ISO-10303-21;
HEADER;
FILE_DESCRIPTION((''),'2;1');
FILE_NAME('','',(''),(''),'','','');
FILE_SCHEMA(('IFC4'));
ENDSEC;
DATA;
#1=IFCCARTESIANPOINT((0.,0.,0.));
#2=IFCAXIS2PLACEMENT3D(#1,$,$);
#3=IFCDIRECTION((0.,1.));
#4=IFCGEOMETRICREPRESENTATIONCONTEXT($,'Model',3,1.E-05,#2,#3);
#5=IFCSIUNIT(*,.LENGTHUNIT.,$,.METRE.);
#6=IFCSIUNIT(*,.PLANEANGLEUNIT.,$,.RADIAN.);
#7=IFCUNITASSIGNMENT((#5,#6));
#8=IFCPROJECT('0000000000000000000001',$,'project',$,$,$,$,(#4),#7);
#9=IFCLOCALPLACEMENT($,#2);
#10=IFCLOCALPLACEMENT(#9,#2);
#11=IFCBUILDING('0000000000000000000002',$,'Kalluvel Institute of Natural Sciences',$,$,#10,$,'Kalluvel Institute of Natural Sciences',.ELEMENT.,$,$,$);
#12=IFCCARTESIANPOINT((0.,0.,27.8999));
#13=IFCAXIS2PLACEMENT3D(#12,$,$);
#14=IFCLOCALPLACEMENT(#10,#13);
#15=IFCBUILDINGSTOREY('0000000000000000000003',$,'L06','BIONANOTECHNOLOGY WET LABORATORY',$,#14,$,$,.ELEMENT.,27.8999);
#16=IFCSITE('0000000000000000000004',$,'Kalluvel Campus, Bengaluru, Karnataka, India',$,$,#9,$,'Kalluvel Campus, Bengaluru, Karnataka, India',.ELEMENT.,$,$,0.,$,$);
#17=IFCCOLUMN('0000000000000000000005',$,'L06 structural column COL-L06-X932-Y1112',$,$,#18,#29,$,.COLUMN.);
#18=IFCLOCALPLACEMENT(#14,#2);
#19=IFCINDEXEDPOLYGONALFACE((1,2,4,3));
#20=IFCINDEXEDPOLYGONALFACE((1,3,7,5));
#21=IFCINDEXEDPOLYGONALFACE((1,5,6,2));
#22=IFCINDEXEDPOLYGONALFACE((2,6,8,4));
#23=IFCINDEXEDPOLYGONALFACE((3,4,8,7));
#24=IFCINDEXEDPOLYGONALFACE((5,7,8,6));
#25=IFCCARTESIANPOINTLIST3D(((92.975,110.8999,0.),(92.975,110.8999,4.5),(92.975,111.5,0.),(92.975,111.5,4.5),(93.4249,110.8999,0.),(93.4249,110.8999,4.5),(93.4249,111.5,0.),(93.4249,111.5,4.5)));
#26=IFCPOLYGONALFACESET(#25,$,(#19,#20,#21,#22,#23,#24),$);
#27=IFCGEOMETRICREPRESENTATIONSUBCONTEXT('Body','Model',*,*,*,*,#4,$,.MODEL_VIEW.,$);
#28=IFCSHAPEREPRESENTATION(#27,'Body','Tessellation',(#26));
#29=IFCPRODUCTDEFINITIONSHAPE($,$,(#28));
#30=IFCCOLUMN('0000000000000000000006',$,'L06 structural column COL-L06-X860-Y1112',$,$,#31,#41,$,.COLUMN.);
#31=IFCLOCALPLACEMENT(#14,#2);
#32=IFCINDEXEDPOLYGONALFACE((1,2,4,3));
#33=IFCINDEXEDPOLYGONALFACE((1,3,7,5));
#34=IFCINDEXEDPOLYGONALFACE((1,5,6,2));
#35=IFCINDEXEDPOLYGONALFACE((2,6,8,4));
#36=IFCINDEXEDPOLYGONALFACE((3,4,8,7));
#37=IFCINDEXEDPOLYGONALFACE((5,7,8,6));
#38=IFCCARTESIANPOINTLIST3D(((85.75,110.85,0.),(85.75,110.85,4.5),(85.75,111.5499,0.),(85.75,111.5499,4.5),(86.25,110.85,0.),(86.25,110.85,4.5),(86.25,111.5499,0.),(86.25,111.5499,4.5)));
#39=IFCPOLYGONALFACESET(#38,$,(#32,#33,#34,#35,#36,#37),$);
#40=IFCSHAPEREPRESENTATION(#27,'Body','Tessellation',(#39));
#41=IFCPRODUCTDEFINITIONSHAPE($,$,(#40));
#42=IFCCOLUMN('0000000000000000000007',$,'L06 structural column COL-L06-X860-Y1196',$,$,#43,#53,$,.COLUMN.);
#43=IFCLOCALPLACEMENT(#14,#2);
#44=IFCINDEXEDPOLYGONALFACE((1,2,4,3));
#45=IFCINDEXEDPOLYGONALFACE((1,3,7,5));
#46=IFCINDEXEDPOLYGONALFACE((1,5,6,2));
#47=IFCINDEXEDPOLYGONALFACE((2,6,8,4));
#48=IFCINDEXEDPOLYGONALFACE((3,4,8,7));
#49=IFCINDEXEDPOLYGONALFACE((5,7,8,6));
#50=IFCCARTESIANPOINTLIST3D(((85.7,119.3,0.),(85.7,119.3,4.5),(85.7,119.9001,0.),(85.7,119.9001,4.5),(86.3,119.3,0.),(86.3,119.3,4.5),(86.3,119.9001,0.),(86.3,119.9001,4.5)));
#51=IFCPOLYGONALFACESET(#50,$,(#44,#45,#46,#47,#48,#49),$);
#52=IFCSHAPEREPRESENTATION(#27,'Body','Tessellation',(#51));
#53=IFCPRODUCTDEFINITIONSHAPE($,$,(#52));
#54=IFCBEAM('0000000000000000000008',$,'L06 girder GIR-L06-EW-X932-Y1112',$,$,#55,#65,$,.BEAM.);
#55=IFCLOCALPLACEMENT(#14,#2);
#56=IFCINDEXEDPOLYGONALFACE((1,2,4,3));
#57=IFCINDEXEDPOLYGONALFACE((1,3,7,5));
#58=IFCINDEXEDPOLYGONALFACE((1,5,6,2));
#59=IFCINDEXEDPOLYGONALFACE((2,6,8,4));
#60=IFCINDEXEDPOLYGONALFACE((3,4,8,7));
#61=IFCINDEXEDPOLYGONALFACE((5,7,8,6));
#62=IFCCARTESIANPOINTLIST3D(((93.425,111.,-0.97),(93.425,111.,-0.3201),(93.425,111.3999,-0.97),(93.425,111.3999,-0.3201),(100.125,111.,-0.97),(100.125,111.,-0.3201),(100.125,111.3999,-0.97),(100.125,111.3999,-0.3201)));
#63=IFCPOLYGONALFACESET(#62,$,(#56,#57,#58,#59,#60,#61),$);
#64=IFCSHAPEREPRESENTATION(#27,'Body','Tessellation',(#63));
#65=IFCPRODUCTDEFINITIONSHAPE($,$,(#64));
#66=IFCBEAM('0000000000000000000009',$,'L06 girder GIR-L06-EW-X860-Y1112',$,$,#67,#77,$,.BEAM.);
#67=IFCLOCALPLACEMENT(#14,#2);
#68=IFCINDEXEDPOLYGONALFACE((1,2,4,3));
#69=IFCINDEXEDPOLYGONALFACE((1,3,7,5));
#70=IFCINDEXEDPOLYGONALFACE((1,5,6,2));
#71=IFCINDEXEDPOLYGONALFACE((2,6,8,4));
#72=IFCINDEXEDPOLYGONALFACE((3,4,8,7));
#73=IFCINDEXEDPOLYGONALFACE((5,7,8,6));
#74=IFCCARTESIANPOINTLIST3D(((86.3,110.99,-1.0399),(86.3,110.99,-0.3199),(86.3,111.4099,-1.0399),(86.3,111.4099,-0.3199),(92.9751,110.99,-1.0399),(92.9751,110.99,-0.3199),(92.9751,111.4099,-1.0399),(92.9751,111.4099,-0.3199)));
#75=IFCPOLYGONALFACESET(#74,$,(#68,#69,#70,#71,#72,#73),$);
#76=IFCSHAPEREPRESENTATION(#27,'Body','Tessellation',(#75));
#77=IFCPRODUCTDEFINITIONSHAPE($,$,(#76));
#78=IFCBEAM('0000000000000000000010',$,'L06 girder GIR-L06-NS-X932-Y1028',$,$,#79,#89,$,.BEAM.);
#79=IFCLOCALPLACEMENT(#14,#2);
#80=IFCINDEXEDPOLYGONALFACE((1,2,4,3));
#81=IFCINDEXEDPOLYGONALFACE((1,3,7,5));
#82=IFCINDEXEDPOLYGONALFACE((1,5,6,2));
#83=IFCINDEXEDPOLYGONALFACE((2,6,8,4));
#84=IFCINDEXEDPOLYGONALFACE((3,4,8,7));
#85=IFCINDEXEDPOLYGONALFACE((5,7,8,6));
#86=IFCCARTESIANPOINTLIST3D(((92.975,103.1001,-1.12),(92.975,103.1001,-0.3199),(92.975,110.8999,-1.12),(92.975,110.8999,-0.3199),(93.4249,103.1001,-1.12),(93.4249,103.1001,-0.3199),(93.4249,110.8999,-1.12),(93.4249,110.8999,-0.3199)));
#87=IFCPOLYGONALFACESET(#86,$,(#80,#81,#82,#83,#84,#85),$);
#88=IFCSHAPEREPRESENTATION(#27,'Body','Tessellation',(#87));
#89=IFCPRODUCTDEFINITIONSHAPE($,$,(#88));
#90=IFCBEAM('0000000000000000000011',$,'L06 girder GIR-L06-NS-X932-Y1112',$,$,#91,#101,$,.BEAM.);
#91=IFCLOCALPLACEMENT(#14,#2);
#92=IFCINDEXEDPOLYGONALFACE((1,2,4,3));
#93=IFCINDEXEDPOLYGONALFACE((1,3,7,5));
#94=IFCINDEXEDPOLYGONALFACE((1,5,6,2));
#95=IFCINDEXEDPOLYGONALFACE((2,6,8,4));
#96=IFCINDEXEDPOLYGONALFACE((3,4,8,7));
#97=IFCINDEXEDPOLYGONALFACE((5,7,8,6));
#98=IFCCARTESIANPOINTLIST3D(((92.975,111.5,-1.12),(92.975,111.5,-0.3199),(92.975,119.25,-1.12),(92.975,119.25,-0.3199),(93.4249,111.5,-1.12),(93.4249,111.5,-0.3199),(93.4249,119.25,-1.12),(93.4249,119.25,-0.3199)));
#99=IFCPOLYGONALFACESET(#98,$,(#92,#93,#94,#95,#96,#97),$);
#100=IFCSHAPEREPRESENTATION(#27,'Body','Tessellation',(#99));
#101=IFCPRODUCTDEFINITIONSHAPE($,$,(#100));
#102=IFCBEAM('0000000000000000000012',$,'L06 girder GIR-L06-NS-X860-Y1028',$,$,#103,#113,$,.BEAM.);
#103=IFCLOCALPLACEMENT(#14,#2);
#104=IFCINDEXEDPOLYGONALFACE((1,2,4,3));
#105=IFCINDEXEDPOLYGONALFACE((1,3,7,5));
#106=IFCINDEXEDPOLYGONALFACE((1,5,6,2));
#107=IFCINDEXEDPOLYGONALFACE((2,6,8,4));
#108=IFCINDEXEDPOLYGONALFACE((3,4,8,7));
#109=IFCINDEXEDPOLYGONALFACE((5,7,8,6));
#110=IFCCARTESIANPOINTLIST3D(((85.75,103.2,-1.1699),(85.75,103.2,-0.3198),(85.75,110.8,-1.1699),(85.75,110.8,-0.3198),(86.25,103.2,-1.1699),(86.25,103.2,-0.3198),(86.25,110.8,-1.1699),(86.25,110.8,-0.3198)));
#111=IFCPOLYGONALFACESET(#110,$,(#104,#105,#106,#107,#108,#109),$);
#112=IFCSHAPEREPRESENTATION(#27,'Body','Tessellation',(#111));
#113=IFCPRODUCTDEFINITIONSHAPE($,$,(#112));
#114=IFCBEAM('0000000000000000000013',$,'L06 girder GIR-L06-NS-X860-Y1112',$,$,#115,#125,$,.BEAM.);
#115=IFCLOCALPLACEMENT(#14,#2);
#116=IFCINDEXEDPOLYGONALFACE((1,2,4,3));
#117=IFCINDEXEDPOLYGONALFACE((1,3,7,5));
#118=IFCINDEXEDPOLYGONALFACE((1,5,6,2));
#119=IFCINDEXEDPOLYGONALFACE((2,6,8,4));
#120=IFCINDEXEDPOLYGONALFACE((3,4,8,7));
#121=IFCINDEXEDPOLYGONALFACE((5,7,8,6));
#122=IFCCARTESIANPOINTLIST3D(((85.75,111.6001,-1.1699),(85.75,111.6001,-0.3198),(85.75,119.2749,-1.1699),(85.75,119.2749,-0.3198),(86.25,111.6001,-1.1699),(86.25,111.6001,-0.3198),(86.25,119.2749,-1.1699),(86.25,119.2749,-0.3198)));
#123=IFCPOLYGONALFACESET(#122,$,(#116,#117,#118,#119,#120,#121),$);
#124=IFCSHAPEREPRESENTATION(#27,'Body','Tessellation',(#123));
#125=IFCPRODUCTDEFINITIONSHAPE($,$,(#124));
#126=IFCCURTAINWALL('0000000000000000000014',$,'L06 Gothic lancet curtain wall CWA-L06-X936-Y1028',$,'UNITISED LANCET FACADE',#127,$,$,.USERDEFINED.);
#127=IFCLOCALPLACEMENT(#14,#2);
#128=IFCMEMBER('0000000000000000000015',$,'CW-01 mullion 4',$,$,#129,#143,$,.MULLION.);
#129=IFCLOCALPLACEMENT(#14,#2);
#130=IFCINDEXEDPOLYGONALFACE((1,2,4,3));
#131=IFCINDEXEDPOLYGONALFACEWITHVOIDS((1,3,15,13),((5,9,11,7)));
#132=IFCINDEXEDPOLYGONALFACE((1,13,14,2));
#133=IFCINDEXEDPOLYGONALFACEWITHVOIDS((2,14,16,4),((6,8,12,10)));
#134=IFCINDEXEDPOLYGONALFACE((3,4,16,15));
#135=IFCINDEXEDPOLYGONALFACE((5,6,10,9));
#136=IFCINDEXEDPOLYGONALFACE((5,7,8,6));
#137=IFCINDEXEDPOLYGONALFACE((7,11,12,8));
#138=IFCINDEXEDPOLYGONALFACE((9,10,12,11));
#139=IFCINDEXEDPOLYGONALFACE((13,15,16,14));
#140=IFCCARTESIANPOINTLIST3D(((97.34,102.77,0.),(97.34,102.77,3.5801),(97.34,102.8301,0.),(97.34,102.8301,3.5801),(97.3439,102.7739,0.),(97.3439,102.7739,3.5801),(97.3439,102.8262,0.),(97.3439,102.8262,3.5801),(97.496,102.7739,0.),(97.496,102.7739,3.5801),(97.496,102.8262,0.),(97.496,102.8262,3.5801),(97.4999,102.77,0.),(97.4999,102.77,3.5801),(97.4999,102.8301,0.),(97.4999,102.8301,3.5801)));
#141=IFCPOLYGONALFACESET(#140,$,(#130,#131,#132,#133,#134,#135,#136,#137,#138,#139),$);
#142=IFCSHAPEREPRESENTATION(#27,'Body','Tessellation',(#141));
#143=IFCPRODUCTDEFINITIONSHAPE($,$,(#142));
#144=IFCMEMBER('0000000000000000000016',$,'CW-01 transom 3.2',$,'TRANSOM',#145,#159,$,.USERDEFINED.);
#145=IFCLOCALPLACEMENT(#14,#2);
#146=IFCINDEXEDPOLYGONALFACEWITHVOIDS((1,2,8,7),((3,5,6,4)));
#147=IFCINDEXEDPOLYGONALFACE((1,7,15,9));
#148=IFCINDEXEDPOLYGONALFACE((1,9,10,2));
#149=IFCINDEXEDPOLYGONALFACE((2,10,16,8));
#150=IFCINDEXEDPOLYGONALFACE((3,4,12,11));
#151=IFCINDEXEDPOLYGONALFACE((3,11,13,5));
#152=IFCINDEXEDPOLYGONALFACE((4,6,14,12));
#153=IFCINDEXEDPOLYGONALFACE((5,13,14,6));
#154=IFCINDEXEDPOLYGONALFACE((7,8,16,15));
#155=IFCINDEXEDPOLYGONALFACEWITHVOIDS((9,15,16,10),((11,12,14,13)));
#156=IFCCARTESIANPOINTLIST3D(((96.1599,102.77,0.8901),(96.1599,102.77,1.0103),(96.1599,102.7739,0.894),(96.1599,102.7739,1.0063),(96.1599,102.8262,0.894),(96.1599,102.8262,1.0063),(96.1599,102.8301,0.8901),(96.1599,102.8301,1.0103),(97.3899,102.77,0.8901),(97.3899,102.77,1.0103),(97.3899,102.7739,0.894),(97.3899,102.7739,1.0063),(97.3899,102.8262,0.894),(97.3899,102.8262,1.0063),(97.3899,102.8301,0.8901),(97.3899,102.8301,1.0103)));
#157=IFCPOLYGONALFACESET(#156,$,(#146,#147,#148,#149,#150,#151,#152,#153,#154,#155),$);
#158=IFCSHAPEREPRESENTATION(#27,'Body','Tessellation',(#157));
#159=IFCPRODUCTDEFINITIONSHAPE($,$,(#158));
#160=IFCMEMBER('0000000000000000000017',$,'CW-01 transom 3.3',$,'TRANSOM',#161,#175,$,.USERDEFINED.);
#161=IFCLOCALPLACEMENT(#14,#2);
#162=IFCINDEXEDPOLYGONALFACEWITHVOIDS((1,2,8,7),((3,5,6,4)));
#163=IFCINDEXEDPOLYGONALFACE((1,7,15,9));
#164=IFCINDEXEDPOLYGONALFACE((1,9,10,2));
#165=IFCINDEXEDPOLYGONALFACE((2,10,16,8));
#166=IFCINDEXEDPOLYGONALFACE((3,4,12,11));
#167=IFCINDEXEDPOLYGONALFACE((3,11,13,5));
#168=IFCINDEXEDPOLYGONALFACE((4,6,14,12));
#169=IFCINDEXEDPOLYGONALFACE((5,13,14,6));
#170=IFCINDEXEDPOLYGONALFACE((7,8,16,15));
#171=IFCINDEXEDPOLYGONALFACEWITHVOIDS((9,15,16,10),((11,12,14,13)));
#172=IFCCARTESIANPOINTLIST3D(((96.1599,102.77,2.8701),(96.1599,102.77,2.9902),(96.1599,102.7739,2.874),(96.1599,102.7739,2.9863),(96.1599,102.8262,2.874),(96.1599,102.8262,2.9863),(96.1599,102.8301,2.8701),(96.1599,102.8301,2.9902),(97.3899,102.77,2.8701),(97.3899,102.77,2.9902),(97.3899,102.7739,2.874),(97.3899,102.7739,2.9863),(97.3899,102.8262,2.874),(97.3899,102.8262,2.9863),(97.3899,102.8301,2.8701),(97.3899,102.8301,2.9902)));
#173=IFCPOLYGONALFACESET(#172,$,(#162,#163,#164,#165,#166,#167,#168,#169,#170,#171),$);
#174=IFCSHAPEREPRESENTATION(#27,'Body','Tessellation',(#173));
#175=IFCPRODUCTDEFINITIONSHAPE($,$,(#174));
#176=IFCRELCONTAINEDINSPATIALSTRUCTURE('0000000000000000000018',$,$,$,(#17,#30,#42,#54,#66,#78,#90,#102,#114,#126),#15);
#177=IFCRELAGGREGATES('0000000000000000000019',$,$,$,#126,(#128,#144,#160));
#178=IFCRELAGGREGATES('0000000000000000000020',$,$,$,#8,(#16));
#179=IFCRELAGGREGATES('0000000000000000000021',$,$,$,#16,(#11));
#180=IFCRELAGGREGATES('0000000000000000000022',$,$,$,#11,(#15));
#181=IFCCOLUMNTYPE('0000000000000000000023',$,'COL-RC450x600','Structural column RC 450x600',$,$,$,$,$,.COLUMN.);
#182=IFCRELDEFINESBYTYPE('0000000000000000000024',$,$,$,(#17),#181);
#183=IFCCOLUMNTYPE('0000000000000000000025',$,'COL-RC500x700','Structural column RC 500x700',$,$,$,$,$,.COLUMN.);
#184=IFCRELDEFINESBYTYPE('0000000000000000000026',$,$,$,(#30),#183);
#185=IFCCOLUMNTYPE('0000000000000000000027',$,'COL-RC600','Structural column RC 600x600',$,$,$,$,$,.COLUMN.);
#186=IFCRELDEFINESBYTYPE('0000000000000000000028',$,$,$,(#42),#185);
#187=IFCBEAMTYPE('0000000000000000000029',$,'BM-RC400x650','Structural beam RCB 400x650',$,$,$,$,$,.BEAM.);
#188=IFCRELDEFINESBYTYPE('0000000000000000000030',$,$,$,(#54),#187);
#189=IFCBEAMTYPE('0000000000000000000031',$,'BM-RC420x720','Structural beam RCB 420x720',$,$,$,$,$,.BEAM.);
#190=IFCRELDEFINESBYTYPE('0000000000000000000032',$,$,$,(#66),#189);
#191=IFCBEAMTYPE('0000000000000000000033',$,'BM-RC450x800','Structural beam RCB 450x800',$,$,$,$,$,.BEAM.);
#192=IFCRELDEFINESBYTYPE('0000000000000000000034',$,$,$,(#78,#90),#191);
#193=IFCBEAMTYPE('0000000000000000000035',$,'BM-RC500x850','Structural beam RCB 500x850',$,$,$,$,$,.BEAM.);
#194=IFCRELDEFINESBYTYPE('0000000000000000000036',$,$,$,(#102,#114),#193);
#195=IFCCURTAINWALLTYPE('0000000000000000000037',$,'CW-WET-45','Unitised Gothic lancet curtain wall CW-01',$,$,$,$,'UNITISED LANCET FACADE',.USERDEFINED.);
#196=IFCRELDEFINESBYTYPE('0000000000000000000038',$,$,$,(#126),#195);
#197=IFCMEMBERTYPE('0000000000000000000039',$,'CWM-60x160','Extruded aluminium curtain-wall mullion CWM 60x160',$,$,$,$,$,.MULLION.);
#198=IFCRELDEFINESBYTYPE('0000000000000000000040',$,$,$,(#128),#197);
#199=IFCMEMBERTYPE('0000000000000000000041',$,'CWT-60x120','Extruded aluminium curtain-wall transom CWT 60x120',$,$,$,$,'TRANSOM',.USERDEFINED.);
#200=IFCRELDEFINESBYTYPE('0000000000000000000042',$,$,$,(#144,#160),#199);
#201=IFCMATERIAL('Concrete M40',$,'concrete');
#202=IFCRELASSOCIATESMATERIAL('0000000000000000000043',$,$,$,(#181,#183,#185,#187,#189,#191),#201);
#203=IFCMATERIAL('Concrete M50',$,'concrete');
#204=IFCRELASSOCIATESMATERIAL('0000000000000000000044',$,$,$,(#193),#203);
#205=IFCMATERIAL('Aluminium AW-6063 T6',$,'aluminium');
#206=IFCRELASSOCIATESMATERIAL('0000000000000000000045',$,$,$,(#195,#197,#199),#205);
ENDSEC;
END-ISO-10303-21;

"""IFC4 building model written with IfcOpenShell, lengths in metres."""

from ifc_helpers import new_model, si_unit, direction, frame, origin, origin_2d, place, context, subcontext, project, spatial, rectangle, hollow_rectangle, extrude, material, material_profile, profile_set, type_object, element, aggregate, save


model = new_model("IFC4")

# Units and contexts
model_context = context("Model", 3, precision=1e-05, world=origin(), true_north=direction((0.0, 1.0)))
body_context = subcontext(model_context, "Body", "Model", "MODEL_VIEW")
ifc_project = project(units=[si_unit("LENGTHUNIT", "METRE"), si_unit("PLANEANGLEUNIT", "RADIAN")], contexts=[model_context])

# Site, building, storey
site_placement = place(None, origin())
site = spatial("IfcSite", under=ifc_project, at=site_placement, Name="Kalluvel Campus, Bengaluru, Karnataka, India", LongName="Kalluvel Campus, Bengaluru, Karnataka, India", CompositionType="ELEMENT", RefElevation=0.0)
building_placement = place(site_placement, origin())
building = spatial("IfcBuilding", under=site, at=building_placement, Name="Kalluvel Institute of Natural Sciences", LongName="Kalluvel Institute of Natural Sciences", CompositionType="ELEMENT")
storey_placement = place(building_placement, frame((0.0, 0.0, 27.8999)))
storey = spatial("IfcBuildingStorey", under=building, at=storey_placement, Name="L06", Description="BIONANOTECHNOLOGY WET LABORATORY", CompositionType="ELEMENT", Elevation=27.8999)

# Columns
ifc_material_1 = material(Name="Concrete M40", Category="concrete")
ifc_material_profile_1 = material_profile(ifc_material_1, rectangle(XDim=0.45, YDim=0.6001, at=origin_2d()), Name="RC 450x600")
ifc_profile_set_1 = profile_set([ifc_material_profile_1], Name="Concrete M40")
column_type_1 = type_object("IfcColumnType", Name="COL-RC450x600", Description="Structural column RC 450x600", PredefinedType="COLUMN", material=ifc_profile_set_1)
column_1_placement = place(storey_placement, frame((93.2, 111.2, 0.0), z_axis=(0.0, 0.0, 1.0), x_axis=(1.0, 0.0, 0.0)))
element("IfcColumn", 1, at=column_1_placement, inside=storey, type_object=column_type_1, Name="L06 structural column COL-L06-X932-Y1112", PredefinedType="COLUMN", context=body_context, shape_type="SweptSolid", body=[
    extrude(rectangle(XDim=0.45, YDim=0.6001, at=origin_2d()), origin(), (0.0, 0.0, 1.0), 4.5),
])
ifc_material_profile_2 = material_profile(ifc_material_1, rectangle(XDim=0.5, YDim=0.7, at=origin_2d()), Name="RC 500x700")
ifc_profile_set_2 = profile_set([ifc_material_profile_2], Name="Concrete M40")
column_type_2 = type_object("IfcColumnType", Name="COL-RC500x700", Description="Structural column RC 500x700", PredefinedType="COLUMN", material=ifc_profile_set_2)
column_2_placement = place(storey_placement, frame((86.0, 111.2, 0.0), z_axis=(0.0, 0.0, 1.0), x_axis=(1.0, 0.0, 0.0)))
element("IfcColumn", 2, at=column_2_placement, inside=storey, type_object=column_type_2, Name="L06 structural column COL-L06-X860-Y1112", PredefinedType="COLUMN", context=body_context, shape_type="SweptSolid", body=[
    extrude(rectangle(XDim=0.5, YDim=0.7, at=origin_2d()), origin(), (0.0, 0.0, 1.0), 4.5),
])
ifc_material_profile_3 = material_profile(ifc_material_1, rectangle(XDim=0.6001, YDim=0.6001, at=origin_2d()), Name="RC 600x600")
ifc_profile_set_3 = profile_set([ifc_material_profile_3], Name="Concrete M40")
column_type_3 = type_object("IfcColumnType", Name="COL-RC600", Description="Structural column RC 600x600", PredefinedType="COLUMN", material=ifc_profile_set_3)
column_3_placement = place(storey_placement, frame((86.0, 119.6001, 0.0), z_axis=(0.0, 0.0, 1.0), x_axis=(1.0, 0.0, 0.0)))
element("IfcColumn", 3, at=column_3_placement, inside=storey, type_object=column_type_3, Name="L06 structural column COL-L06-X860-Y1196", PredefinedType="COLUMN", context=body_context, shape_type="SweptSolid", body=[
    extrude(rectangle(XDim=0.6001, YDim=0.6001, at=origin_2d()), origin(), (0.0, 0.0, 1.0), 4.5),
])

# Beams
ifc_material_profile_4 = material_profile(ifc_material_1, rectangle(XDim=0.3999, YDim=0.6499, at=origin_2d()), Name="RCB 400x650")
ifc_profile_set_4 = profile_set([ifc_material_profile_4], Name="Concrete M40")
beam_type_1 = type_object("IfcBeamType", Name="BM-RC400x650", Description="Structural beam RCB 400x650", PredefinedType="BEAM", material=ifc_profile_set_4)
beam_1_placement = place(storey_placement, frame((93.425, 111.2, -0.645), z_axis=(1.0, 0.0, 0.0), x_axis=(0.0, 1.0, 0.0)))
element("IfcBeam", 4, at=beam_1_placement, inside=storey, type_object=beam_type_1, Name="L06 girder GIR-L06-EW-X932-Y1112", PredefinedType="BEAM", context=body_context, shape_type="SweptSolid", body=[
    extrude(rectangle(XDim=0.3999, YDim=0.6499, at=origin_2d()), origin(), (0.0, 0.0, 1.0), 6.7),
])
ifc_material_profile_5 = material_profile(ifc_material_1, rectangle(XDim=0.4199, YDim=0.72, at=origin_2d()), Name="RCB 420x720")
ifc_profile_set_5 = profile_set([ifc_material_profile_5], Name="Concrete M40")
beam_type_2 = type_object("IfcBeamType", Name="BM-RC420x720", Description="Structural beam RCB 420x720", PredefinedType="BEAM", material=ifc_profile_set_5)
beam_2_placement = place(storey_placement, frame((86.3, 111.2, -0.6799), z_axis=(1.0, 0.0, 0.0), x_axis=(0.0, 1.0, 0.0)))
element("IfcBeam", 5, at=beam_2_placement, inside=storey, type_object=beam_type_2, Name="L06 girder GIR-L06-EW-X860-Y1112", PredefinedType="BEAM", context=body_context, shape_type="SweptSolid", body=[
    extrude(rectangle(XDim=0.4199, YDim=0.72, at=origin_2d()), origin(), (0.0, 0.0, 1.0), 6.675),
])
ifc_material_profile_6 = material_profile(ifc_material_1, rectangle(XDim=0.45, YDim=0.8, at=origin_2d()), Name="RCB 450x800")
ifc_profile_set_6 = profile_set([ifc_material_profile_6], Name="Concrete M40")
beam_type_3 = type_object("IfcBeamType", Name="BM-RC450x800", Description="Structural beam RCB 450x800", PredefinedType="BEAM", material=ifc_profile_set_6)
beam_3_placement = place(storey_placement, frame((93.2, 103.1001, -0.72), z_axis=(0.0, 1.0, 0.0), x_axis=(-1.0, 0.0, 0.0)))
element("IfcBeam", 6, at=beam_3_placement, inside=storey, type_object=beam_type_3, Name="L06 girder GIR-L06-NS-X932-Y1028", PredefinedType="BEAM", context=body_context, shape_type="SweptSolid", body=[
    extrude(rectangle(XDim=0.45, YDim=0.8, at=origin_2d()), origin(), (0.0, 0.0, 1.0), 7.7998),
])
beam_4_placement = place(storey_placement, frame((93.2, 111.5, -0.72), z_axis=(0.0, 1.0, 0.0), x_axis=(-1.0, 0.0, 0.0)))
element("IfcBeam", 7, at=beam_4_placement, inside=storey, type_object=beam_type_3, Name="L06 girder GIR-L06-NS-X932-Y1112", PredefinedType="BEAM", context=body_context, shape_type="SweptSolid", body=[
    extrude(rectangle(XDim=0.45, YDim=0.8, at=origin_2d()), origin(), (0.0, 0.0, 1.0), 7.75),
])
ifc_material_2 = material(Name="Concrete M50", Category="concrete")
ifc_material_profile_7 = material_profile(ifc_material_2, rectangle(XDim=0.5, YDim=0.8501, at=origin_2d()), Name="RCB 500x850")
ifc_profile_set_7 = profile_set([ifc_material_profile_7], Name="Concrete M50")
beam_type_4 = type_object("IfcBeamType", Name="BM-RC500x850", Description="Structural beam RCB 500x850", PredefinedType="BEAM", material=ifc_profile_set_7)
beam_5_placement = place(storey_placement, frame((86.0, 103.2, -0.7449), z_axis=(0.0, 1.0, 0.0), x_axis=(-1.0, 0.0, 0.0)))
element("IfcBeam", 8, at=beam_5_placement, inside=storey, type_object=beam_type_4, Name="L06 girder GIR-L06-NS-X860-Y1028", PredefinedType="BEAM", context=body_context, shape_type="SweptSolid", body=[
    extrude(rectangle(XDim=0.5, YDim=0.8501, at=origin_2d()), origin(), (0.0, 0.0, 1.0), 7.6001),
])
beam_6_placement = place(storey_placement, frame((86.0, 111.6001, -0.7449), z_axis=(0.0, 1.0, 0.0), x_axis=(-1.0, 0.0, 0.0)))
element("IfcBeam", 9, at=beam_6_placement, inside=storey, type_object=beam_type_4, Name="L06 girder GIR-L06-NS-X860-Y1112", PredefinedType="BEAM", context=body_context, shape_type="SweptSolid", body=[
    extrude(rectangle(XDim=0.5, YDim=0.8501, at=origin_2d()), origin(), (0.0, 0.0, 1.0), 7.6748),
])

# Curtain wall, members
ifc_material_3 = material(Name="Aluminium AW-6063 T6", Category="aluminium")
curtain_wall_type = type_object("IfcCurtainWallType", Name="CW-WET-45", Description="Unitised Gothic lancet curtain wall CW-01", ElementType="UNITISED LANCET FACADE", PredefinedType="USERDEFINED", material=ifc_material_3)
curtain_wall_placement = place(storey_placement, origin())
curtain_wall = element("IfcCurtainWall", 10, at=curtain_wall_placement, inside=storey, type_object=curtain_wall_type, Name="L06 Gothic lancet curtain wall CWA-L06-X936-Y1028", ObjectType="UNITISED LANCET FACADE", PredefinedType="USERDEFINED")
ifc_material_profile_8 = material_profile(ifc_material_3, hollow_rectangle(XDim=0.0601, YDim=0.1599, WallThickness=0.0039, at=origin_2d()), Name="CWM 60x160")
ifc_profile_set_8 = profile_set([ifc_material_profile_8], Name="Aluminium AW-6063 T6")
member_type_1 = type_object("IfcMemberType", Name="CWM-60x160", Description="Extruded aluminium curtain-wall mullion CWM 60x160", PredefinedType="MULLION", material=ifc_profile_set_8)
member_1_placement = place(storey_placement, frame((97.4199, 102.8, 0.0), z_axis=(0.0, 0.0, 1.0), x_axis=(0.0, 1.0, 0.0)))
member_1 = element("IfcMember", 11, at=member_1_placement, type_object=member_type_1, Name="CW-01 mullion 4", PredefinedType="MULLION", context=body_context, shape_type="SweptSolid", body=[
    extrude(hollow_rectangle(XDim=0.0601, YDim=0.1599, WallThickness=0.0039, at=origin_2d()), origin(), (0.0, 0.0, 1.0), 3.5801),
])
ifc_material_profile_9 = material_profile(ifc_material_3, hollow_rectangle(XDim=0.0601, YDim=0.1201, WallThickness=0.0039, at=origin_2d()), Name="CWT 60x120")
ifc_profile_set_9 = profile_set([ifc_material_profile_9], Name="Aluminium AW-6063 T6")
member_type_2 = type_object("IfcMemberType", Name="CWT-60x120", Description="Extruded aluminium curtain-wall transom CWT 60x120", ElementType="TRANSOM", PredefinedType="USERDEFINED", material=ifc_profile_set_9)
member_2_placement = place(storey_placement, frame((96.1599, 102.8, 0.9502), z_axis=(1.0, 0.0, 0.0), x_axis=(0.0, 1.0, 0.0)))
member_2 = element("IfcMember", 12, at=member_2_placement, type_object=member_type_2, Name="CW-01 transom 3.2", ObjectType="TRANSOM", PredefinedType="USERDEFINED", context=body_context, shape_type="SweptSolid", body=[
    extrude(hollow_rectangle(XDim=0.0601, YDim=0.1201, WallThickness=0.0039, at=origin_2d()), origin(), (0.0, 0.0, 1.0), 1.23),
])
member_3_placement = place(storey_placement, frame((96.1599, 102.8, 2.9302), z_axis=(1.0, 0.0, 0.0), x_axis=(0.0, 1.0, 0.0)))
member_3 = element("IfcMember", 13, at=member_3_placement, type_object=member_type_2, Name="CW-01 transom 3.3", ObjectType="TRANSOM", PredefinedType="USERDEFINED", context=body_context, shape_type="SweptSolid", body=[
    extrude(hollow_rectangle(XDim=0.0601, YDim=0.1201, WallThickness=0.0039, at=origin_2d()), origin(), (0.0, 0.0, 1.0), 1.23),
])

aggregate(curtain_wall, [member_1, member_2, member_3])

save(model, "model.ifc")
